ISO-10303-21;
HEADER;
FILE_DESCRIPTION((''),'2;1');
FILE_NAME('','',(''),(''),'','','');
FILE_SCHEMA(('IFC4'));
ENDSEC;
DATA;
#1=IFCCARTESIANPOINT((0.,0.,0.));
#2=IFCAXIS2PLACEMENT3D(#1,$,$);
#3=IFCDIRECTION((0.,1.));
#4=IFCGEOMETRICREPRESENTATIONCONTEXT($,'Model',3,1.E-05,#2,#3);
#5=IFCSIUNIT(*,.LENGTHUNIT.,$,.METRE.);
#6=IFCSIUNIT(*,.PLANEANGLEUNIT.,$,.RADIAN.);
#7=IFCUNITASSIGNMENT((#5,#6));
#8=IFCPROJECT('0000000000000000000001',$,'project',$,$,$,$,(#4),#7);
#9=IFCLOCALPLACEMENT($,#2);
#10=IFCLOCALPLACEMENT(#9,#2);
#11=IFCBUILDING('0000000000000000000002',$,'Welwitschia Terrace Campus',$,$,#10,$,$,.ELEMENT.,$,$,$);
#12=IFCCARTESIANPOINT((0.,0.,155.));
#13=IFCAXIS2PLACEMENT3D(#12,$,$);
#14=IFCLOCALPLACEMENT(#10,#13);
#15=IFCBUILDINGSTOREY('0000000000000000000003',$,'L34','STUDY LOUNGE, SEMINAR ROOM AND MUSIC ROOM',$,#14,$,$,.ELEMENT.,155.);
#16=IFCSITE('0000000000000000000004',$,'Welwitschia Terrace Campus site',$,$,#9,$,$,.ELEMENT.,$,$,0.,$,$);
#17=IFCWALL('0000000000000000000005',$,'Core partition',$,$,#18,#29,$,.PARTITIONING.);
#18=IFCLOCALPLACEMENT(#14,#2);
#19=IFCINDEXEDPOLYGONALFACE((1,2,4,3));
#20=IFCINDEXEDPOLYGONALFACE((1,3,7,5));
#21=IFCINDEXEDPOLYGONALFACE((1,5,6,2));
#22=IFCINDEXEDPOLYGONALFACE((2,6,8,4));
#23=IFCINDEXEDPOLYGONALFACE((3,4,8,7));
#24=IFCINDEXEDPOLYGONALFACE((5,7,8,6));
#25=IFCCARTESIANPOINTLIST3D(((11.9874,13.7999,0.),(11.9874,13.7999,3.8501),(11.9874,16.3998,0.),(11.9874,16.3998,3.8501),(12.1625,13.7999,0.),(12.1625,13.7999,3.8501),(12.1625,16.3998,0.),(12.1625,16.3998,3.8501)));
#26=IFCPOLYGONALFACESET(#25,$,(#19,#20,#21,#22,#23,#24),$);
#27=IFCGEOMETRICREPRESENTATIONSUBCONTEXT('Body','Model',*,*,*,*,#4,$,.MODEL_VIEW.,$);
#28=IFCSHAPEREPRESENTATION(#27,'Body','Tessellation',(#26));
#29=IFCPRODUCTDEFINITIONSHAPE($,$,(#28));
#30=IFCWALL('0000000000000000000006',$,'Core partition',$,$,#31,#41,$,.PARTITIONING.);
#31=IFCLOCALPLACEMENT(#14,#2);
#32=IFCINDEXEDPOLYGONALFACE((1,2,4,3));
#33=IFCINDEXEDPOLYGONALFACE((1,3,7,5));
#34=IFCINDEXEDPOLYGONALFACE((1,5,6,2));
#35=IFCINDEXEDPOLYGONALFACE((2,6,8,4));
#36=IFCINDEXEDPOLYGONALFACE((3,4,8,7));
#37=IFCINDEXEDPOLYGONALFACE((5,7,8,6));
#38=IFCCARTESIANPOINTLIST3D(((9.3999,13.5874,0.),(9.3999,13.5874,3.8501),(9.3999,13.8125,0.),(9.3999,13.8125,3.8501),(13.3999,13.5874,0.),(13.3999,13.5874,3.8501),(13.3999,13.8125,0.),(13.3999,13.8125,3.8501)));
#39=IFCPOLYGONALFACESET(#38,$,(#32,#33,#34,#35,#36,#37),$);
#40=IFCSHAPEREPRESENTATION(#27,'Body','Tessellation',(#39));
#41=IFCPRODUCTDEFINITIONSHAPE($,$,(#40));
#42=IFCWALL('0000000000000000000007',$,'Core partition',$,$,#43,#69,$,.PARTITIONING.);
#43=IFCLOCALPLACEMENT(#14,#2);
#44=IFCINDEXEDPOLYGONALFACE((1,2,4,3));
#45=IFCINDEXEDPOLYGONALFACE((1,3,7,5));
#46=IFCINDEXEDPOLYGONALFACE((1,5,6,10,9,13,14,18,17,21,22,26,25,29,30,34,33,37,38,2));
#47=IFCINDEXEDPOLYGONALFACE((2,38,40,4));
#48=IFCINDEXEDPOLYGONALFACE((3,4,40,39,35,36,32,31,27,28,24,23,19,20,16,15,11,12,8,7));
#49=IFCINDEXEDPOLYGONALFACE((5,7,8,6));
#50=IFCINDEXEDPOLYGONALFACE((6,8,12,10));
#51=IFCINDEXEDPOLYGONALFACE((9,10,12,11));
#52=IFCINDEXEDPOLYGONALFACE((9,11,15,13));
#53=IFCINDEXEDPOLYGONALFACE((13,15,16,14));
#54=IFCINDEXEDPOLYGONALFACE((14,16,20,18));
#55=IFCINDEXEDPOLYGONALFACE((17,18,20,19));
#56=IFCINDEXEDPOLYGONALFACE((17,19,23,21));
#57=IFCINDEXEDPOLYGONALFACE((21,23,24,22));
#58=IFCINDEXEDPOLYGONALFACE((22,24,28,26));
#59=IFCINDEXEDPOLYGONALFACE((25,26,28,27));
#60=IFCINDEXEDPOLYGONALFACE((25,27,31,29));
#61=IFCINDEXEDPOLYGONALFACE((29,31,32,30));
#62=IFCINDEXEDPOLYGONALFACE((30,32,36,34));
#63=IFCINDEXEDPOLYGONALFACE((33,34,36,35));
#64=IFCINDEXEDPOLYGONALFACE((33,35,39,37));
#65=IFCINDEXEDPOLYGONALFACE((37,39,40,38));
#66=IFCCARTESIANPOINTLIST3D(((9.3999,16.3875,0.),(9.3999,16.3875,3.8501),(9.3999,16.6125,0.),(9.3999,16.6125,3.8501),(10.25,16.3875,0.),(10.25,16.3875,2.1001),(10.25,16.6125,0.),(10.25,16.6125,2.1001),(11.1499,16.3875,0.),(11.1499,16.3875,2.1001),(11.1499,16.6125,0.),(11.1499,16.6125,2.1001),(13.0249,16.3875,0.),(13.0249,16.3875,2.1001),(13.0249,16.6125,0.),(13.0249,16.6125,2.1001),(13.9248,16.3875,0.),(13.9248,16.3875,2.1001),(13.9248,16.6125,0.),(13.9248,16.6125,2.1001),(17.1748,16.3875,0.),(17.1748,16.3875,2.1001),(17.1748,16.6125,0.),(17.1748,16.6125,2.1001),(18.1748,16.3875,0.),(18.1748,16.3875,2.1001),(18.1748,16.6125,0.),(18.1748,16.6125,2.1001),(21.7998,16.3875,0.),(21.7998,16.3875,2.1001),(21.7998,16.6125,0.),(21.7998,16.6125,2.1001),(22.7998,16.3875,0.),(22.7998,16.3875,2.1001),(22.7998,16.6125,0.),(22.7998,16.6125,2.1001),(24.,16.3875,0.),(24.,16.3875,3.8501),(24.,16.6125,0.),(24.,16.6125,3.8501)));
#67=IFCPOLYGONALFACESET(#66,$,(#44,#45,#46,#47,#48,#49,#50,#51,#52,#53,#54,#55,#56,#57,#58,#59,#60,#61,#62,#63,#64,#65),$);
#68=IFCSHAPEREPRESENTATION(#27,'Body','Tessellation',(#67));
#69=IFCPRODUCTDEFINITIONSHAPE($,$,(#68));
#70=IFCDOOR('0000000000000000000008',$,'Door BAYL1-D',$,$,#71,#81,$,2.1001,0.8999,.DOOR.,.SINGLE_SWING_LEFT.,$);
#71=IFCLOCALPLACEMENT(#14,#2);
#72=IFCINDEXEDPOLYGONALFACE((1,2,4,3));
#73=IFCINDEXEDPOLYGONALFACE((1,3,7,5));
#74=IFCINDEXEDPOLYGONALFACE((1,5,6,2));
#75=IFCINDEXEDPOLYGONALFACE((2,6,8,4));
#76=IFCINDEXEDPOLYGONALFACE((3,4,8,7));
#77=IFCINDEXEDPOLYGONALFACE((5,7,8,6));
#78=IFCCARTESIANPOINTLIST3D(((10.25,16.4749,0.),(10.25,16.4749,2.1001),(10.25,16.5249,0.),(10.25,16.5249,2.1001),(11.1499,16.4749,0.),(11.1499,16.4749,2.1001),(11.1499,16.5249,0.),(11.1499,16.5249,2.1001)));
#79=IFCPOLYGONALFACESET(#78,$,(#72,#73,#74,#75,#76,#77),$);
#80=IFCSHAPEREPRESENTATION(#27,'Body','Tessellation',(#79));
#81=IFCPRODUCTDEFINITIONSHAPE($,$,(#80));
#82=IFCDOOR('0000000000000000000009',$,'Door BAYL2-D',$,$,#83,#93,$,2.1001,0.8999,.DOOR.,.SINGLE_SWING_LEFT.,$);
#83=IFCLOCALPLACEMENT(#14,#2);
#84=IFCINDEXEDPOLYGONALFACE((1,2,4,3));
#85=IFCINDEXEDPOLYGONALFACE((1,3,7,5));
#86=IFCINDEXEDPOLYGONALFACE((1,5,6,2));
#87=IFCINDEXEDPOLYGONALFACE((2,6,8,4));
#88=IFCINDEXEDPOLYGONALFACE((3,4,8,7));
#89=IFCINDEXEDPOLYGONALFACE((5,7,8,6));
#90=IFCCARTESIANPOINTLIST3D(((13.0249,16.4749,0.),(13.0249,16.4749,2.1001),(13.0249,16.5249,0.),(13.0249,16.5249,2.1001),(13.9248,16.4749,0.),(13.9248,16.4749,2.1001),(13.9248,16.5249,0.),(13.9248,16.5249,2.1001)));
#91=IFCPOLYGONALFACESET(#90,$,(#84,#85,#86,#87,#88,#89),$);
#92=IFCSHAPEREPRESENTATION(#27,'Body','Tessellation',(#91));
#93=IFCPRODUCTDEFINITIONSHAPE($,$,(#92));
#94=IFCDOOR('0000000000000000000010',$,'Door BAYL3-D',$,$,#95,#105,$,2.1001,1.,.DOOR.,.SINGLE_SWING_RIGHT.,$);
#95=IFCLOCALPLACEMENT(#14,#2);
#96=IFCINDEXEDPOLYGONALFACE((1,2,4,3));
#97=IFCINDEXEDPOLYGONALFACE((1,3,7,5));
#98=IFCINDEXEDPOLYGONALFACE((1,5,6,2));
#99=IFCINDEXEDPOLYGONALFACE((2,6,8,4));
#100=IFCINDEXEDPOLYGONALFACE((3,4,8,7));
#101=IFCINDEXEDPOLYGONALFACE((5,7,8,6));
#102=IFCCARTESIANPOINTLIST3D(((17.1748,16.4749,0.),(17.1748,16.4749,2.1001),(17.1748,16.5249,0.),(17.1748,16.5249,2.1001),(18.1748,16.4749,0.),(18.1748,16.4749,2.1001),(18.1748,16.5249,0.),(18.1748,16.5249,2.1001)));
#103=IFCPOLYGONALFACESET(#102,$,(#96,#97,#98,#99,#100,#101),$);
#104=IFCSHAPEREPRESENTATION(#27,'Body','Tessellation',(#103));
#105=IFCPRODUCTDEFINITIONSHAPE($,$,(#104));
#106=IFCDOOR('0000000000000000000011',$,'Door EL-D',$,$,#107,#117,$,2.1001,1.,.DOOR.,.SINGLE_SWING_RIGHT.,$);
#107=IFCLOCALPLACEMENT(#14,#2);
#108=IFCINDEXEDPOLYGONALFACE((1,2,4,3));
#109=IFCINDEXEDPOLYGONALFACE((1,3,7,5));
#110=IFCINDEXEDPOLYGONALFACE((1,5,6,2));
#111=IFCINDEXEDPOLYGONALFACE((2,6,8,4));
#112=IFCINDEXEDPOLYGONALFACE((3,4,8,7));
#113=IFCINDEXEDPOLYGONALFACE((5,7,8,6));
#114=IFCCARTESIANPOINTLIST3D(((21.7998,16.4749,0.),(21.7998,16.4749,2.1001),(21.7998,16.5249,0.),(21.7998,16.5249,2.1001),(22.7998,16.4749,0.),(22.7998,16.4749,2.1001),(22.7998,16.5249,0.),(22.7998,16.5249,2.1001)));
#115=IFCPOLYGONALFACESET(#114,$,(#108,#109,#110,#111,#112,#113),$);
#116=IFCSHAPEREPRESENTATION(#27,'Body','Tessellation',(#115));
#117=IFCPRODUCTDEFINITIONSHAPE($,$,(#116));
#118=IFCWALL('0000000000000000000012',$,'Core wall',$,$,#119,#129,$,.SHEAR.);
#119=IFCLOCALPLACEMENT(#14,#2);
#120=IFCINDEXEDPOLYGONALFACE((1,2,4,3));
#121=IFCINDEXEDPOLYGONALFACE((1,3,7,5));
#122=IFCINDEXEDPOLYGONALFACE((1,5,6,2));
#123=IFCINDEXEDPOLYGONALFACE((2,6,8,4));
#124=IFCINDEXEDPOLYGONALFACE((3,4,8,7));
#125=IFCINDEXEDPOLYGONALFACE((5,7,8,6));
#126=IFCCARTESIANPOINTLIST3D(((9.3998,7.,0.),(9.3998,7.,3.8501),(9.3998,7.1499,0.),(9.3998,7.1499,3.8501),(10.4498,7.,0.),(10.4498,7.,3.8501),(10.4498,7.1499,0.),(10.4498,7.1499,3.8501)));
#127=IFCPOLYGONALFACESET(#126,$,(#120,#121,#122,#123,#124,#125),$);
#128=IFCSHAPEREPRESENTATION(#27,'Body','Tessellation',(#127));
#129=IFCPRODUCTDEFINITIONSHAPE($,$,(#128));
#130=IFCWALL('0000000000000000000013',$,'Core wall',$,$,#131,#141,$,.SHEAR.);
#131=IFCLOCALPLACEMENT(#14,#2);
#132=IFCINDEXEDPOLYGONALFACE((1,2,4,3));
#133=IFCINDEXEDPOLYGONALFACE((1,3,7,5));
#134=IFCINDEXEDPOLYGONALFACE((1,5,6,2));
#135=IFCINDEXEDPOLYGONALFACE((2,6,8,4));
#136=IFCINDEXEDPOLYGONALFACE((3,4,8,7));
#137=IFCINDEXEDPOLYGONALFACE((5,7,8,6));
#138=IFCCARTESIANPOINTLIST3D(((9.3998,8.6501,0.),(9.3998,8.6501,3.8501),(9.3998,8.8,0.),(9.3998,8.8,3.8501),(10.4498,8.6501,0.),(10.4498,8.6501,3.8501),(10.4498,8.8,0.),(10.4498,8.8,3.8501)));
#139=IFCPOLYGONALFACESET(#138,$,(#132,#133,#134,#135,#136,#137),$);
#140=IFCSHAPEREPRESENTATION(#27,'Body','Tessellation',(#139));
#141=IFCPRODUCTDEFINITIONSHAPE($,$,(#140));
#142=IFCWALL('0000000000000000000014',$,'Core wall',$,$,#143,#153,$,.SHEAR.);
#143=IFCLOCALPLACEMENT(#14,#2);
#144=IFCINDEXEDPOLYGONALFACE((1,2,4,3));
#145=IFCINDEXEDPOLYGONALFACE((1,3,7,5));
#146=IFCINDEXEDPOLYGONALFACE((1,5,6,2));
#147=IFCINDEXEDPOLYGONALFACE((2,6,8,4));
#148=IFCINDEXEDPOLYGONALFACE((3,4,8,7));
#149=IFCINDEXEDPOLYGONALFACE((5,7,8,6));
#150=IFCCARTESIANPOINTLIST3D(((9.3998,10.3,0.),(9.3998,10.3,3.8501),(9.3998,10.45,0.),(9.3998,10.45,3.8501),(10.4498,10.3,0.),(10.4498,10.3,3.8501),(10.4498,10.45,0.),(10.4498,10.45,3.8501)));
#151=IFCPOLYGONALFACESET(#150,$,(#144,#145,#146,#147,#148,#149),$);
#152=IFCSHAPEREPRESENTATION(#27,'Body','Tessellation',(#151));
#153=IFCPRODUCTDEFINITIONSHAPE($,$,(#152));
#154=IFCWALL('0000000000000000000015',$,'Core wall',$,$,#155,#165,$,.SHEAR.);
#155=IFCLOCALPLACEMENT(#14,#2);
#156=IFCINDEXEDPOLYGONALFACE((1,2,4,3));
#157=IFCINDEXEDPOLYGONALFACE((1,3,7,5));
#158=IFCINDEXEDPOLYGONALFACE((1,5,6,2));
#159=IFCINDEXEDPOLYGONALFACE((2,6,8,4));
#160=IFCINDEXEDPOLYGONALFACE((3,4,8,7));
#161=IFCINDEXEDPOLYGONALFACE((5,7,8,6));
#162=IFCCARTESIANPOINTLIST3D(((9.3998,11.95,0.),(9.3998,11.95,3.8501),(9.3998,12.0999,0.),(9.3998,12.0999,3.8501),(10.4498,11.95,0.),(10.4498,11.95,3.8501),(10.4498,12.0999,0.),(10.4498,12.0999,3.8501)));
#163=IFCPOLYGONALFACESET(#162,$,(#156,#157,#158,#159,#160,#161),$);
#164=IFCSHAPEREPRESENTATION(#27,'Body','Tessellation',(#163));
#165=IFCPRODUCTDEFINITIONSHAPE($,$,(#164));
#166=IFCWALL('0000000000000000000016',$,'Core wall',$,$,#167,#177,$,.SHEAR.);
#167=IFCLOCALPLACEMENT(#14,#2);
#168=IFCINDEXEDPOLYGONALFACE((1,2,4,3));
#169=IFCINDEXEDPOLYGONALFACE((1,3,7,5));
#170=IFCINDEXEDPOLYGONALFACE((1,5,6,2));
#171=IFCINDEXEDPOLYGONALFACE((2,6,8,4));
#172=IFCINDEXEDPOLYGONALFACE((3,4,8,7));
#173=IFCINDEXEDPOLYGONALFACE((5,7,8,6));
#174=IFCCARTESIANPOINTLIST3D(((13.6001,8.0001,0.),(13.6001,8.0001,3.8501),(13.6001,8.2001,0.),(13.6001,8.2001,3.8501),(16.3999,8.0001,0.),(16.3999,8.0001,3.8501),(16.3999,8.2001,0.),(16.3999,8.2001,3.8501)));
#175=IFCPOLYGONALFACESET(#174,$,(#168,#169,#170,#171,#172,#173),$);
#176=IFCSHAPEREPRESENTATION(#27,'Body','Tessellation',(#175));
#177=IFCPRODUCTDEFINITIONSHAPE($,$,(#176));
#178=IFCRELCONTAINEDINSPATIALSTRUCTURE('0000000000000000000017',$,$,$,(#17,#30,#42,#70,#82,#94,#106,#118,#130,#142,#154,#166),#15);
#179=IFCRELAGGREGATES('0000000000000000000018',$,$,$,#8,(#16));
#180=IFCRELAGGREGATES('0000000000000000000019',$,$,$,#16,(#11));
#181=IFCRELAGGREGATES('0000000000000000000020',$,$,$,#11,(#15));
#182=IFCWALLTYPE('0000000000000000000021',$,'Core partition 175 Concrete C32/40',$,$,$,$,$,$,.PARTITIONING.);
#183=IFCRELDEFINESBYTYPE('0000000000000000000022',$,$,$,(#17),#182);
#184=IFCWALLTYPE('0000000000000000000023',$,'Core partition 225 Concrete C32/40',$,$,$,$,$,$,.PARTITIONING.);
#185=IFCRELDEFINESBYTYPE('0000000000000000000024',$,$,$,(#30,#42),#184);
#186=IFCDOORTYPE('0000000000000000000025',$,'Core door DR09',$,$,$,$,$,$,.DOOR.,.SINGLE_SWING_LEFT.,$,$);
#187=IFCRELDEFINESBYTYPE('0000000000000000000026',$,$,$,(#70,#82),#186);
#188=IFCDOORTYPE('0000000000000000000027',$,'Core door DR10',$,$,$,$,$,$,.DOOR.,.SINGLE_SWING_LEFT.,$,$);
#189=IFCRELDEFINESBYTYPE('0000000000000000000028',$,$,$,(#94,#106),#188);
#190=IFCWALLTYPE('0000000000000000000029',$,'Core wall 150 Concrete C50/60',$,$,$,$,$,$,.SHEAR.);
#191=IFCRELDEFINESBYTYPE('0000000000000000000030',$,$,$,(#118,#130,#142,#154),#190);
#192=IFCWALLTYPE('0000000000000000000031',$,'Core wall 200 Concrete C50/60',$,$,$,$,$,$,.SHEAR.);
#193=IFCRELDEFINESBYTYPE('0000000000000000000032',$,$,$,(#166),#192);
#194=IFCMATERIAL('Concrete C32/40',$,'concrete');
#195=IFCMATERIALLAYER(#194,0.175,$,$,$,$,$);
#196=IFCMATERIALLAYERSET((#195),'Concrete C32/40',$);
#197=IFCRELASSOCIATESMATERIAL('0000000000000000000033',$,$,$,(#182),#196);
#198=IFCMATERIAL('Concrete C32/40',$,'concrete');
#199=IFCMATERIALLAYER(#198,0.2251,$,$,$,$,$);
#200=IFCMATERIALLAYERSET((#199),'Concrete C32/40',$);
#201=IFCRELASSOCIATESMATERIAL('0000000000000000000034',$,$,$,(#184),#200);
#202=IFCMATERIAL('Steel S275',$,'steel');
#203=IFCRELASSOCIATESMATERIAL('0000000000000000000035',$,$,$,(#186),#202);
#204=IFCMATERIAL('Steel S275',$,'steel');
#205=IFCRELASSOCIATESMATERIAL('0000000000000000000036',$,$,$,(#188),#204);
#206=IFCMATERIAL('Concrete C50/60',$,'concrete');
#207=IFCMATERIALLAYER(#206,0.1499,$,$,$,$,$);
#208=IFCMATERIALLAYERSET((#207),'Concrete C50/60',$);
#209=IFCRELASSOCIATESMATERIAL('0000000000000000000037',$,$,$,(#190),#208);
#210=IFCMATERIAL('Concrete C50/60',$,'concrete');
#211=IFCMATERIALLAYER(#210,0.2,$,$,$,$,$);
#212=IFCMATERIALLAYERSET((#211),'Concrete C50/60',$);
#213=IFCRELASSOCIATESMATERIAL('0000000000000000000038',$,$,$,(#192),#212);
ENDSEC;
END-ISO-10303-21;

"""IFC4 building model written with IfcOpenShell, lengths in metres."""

from ifc_helpers import new_model, si_unit, direction, frame, frame_2d, origin, place, context, subcontext, project, spatial, rectangle, extrude, material, layer, layer_set, type_object, element, fill, save


model = new_model("IFC4")

# Units and contexts
model_context = context("Model", 3, precision=1e-05, world=origin(), true_north=direction((0.0, 1.0)))
body_context = subcontext(model_context, "Body", "Model", "MODEL_VIEW")
ifc_project = project(units=[si_unit("LENGTHUNIT", "METRE"), si_unit("PLANEANGLEUNIT", "RADIAN")], contexts=[model_context])

# Site, building, storey
site_placement = place(None, origin())
site = spatial("IfcSite", under=ifc_project, at=site_placement, Name="Welwitschia Terrace Campus site", CompositionType="ELEMENT", RefElevation=0.0)
building_placement = place(site_placement, origin())
building = spatial("IfcBuilding", under=site, at=building_placement, Name="Welwitschia Terrace Campus", CompositionType="ELEMENT")
storey_placement = place(building_placement, frame((0.0, 0.0, 155.0)))
storey = spatial("IfcBuildingStorey", under=building, at=storey_placement, Name="L34", Description="STUDY LOUNGE, SEMINAR ROOM AND MUSIC ROOM", CompositionType="ELEMENT", Elevation=155.0)

# Walls
ifc_material_1 = material(Name="Concrete C32/40", Category="concrete")
ifc_layer_1 = layer(ifc_material_1, 0.175)
ifc_layer_set_1 = layer_set([ifc_layer_1], Name="Concrete C32/40")
wall_type_1 = type_object("IfcWallType", Name="Core partition 175 Concrete C32/40", PredefinedType="PARTITIONING", material=ifc_layer_set_1)
wall_1_placement = place(storey_placement, frame((12.075, 13.8, 0.0), z_axis=(0.0, 0.0, 1.0), x_axis=(0.0, 1.0, 0.0)))
element("IfcWall", 1, at=wall_1_placement, inside=storey, type_object=wall_type_1, Name="Core partition", PredefinedType="PARTITIONING", context=body_context, shape_type="SweptSolid", body=[
    extrude(rectangle(XDim=2.5999, YDim=0.175, at=frame_2d((1.2998, 0.0))), origin(), (0.0, 0.0, 1.0), 3.8501),
])
ifc_material_2 = material(Name="Concrete C32/40", Category="concrete")
ifc_layer_2 = layer(ifc_material_2, 0.2251)
ifc_layer_set_2 = layer_set([ifc_layer_2], Name="Concrete C32/40")
wall_type_2 = type_object("IfcWallType", Name="Core partition 225 Concrete C32/40", PredefinedType="PARTITIONING", material=ifc_layer_set_2)
wall_2_placement = place(storey_placement, frame((9.3999, 13.7, 0.0), z_axis=(0.0, 0.0, 1.0), x_axis=(1.0, 0.0, 0.0)))
element("IfcWall", 2, at=wall_2_placement, inside=storey, type_object=wall_type_2, Name="Core partition", PredefinedType="PARTITIONING", context=body_context, shape_type="SweptSolid", body=[
    extrude(rectangle(XDim=4.0, YDim=0.2251, at=frame_2d((2.0, 0.0))), origin(), (0.0, 0.0, 1.0), 3.8501),
])

# Wall, openings, doors
wall_3_placement = place(storey_placement, frame((9.3999, 16.5, 0.0), z_axis=(0.0, 0.0, 1.0), x_axis=(1.0, 0.0, 0.0)))
wall_3 = element("IfcWall", 3, at=wall_3_placement, inside=storey, type_object=wall_type_2, Name="Core partition", PredefinedType="PARTITIONING", context=body_context, shape_type="SweptSolid", body=[
    extrude(rectangle(XDim=14.6001, YDim=0.2251, at=frame_2d((7.3, 0.0))), origin(), (0.0, 0.0, 1.0), 3.8501),
])
opening_1_placement = place(wall_3_placement, frame((0.8501, 0.0, 0.0)))
opening_1 = element("IfcOpeningElement", 4, at=opening_1_placement, cuts=wall_3, PredefinedType="OPENING", context=body_context, shape_type="SweptSolid", body=[
    extrude(rectangle(XDim=0.8999, YDim=2.1001, at=frame_2d((0.45, 1.05))), frame((0.0, 0.1226, 0.0), z_axis=(0.0, -1.0, 0.0), x_axis=(1.0, 0.0, 0.0)), (0.0, 0.0, 1.0), 0.2451),
])
opening_2_placement = place(wall_3_placement, frame((3.625, 0.0, 0.0)))
opening_2 = element("IfcOpeningElement", 5, at=opening_2_placement, cuts=wall_3, PredefinedType="OPENING", context=body_context, shape_type="SweptSolid", body=[
    extrude(rectangle(XDim=0.8999, YDim=2.1001, at=frame_2d((0.45, 1.05))), frame((0.0, 0.1226, 0.0), z_axis=(0.0, -1.0, 0.0), x_axis=(1.0, 0.0, 0.0)), (0.0, 0.0, 1.0), 0.2451),
])
opening_3_placement = place(wall_3_placement, frame((7.7749, 0.0, 0.0)))
opening_3 = element("IfcOpeningElement", 6, at=opening_3_placement, cuts=wall_3, PredefinedType="OPENING", context=body_context, shape_type="SweptSolid", body=[
    extrude(rectangle(XDim=1.0, YDim=2.1001, at=frame_2d((0.5, 1.05))), frame((0.0, 0.1226, 0.0), z_axis=(0.0, -1.0, 0.0), x_axis=(1.0, 0.0, 0.0)), (0.0, 0.0, 1.0), 0.2451),
])
opening_4_placement = place(wall_3_placement, frame((12.3999, 0.0, 0.0)))
opening_4 = element("IfcOpeningElement", 7, at=opening_4_placement, cuts=wall_3, PredefinedType="OPENING", context=body_context, shape_type="SweptSolid", body=[
    extrude(rectangle(XDim=1.0, YDim=2.1001, at=frame_2d((0.5, 1.05))), frame((0.0, 0.1226, 0.0), z_axis=(0.0, -1.0, 0.0), x_axis=(1.0, 0.0, 0.0)), (0.0, 0.0, 1.0), 0.2451),
])
ifc_material_3 = material(Name="Steel S275", Category="steel")
door_type_1 = type_object("IfcDoorType", Name="Core door DR09", OperationType="SINGLE_SWING_LEFT", PredefinedType="DOOR", material=ifc_material_3)
door_1_placement = place(opening_1_placement, origin())
door_1 = element("IfcDoor", 8, at=door_1_placement, inside=storey, type_object=door_type_1, Name="Door BAYL1-D", OperationType="SINGLE_SWING_LEFT", OverallHeight=2.1001, OverallWidth=0.8999, PredefinedType="DOOR", context=body_context, shape_type="SweptSolid", body=[
    extrude(rectangle(XDim=0.8999, YDim=2.1001, at=frame_2d((0.45, 1.05))), frame((0.0, 0.0249, 0.0), z_axis=(0.0, -1.0, 0.0), x_axis=(1.0, 0.0, 0.0)), (0.0, 0.0, 1.0), 0.05),
])
fill(opening_1, door_1)
door_2_placement = place(opening_2_placement, origin())
door_2 = element("IfcDoor", 9, at=door_2_placement, inside=storey, type_object=door_type_1, Name="Door BAYL2-D", OperationType="SINGLE_SWING_LEFT", OverallHeight=2.1001, OverallWidth=0.8999, PredefinedType="DOOR", context=body_context, shape_type="SweptSolid", body=[
    extrude(rectangle(XDim=0.8999, YDim=2.1001, at=frame_2d((0.45, 1.05))), frame((0.0, 0.0249, 0.0), z_axis=(0.0, -1.0, 0.0), x_axis=(1.0, 0.0, 0.0)), (0.0, 0.0, 1.0), 0.05),
])
fill(opening_2, door_2)
ifc_material_4 = material(Name="Steel S275", Category="steel")
door_type_2 = type_object("IfcDoorType", Name="Core door DR10", OperationType="SINGLE_SWING_LEFT", PredefinedType="DOOR", material=ifc_material_4)
door_3_placement = place(opening_3_placement, origin())
door_3 = element("IfcDoor", 10, at=door_3_placement, inside=storey, type_object=door_type_2, Name="Door BAYL3-D", OperationType="SINGLE_SWING_RIGHT", OverallHeight=2.1001, OverallWidth=1.0, PredefinedType="DOOR", context=body_context, shape_type="SweptSolid", body=[
    extrude(rectangle(XDim=1.0, YDim=2.1001, at=frame_2d((0.5, 1.05))), frame((0.0, 0.0249, 0.0), z_axis=(0.0, -1.0, 0.0), x_axis=(1.0, 0.0, 0.0)), (0.0, 0.0, 1.0), 0.05),
])
fill(opening_3, door_3)
door_4_placement = place(opening_4_placement, origin())
door_4 = element("IfcDoor", 11, at=door_4_placement, inside=storey, type_object=door_type_2, Name="Door EL-D", OperationType="SINGLE_SWING_RIGHT", OverallHeight=2.1001, OverallWidth=1.0, PredefinedType="DOOR", context=body_context, shape_type="SweptSolid", body=[
    extrude(rectangle(XDim=1.0, YDim=2.1001, at=frame_2d((0.5, 1.05))), frame((0.0, 0.0249, 0.0), z_axis=(0.0, -1.0, 0.0), x_axis=(1.0, 0.0, 0.0)), (0.0, 0.0, 1.0), 0.05),
])
fill(opening_4, door_4)

# Walls
ifc_material_5 = material(Name="Concrete C50/60", Category="concrete")
ifc_layer_3 = layer(ifc_material_5, 0.1499)
ifc_layer_set_3 = layer_set([ifc_layer_3], Name="Concrete C50/60")
wall_type_3 = type_object("IfcWallType", Name="Core wall 150 Concrete C50/60", PredefinedType="SHEAR", material=ifc_layer_set_3)
for number, where, z_axis, x_axis, name in (
    (12, (9.3999, 7.075, 0.0), (0.0, 0.0, 1.0), (1.0, 0.0, 0.0), "Core wall"),
    (13, (9.3999, 8.7251, 0.0), (0.0, 0.0, 1.0), (1.0, 0.0, 0.0), "Core wall"),
    (14, (9.3999, 10.375, 0.0), (0.0, 0.0, 1.0), (1.0, 0.0, 0.0), "Core wall"),
    (15, (9.3999, 12.0249, 0.0), (0.0, 0.0, 1.0), (1.0, 0.0, 0.0), "Core wall"),
):
    element("IfcWall", number, at=place(storey_placement, frame(where, z_axis=z_axis, x_axis=x_axis)), inside=storey, type_object=wall_type_3, Name=name, PredefinedType="SHEAR", context=body_context, shape_type="SweptSolid", body=[
        extrude(rectangle(XDim=1.05, YDim=0.1499, at=frame_2d((0.5249, 0.0))), origin(), (0.0, 0.0, 1.0), 3.8501),
    ])
ifc_material_6 = material(Name="Concrete C50/60", Category="concrete")
ifc_layer_4 = layer(ifc_material_6, 0.2)
ifc_layer_set_4 = layer_set([ifc_layer_4], Name="Concrete C50/60")
wall_type_4 = type_object("IfcWallType", Name="Core wall 200 Concrete C50/60", PredefinedType="SHEAR", material=ifc_layer_set_4)
for number, where, z_axis, x_axis, name in (
    (16, (13.6001, 8.1001, 0.0), (0.0, 0.0, 1.0), (1.0, 0.0, 0.0), "Core wall"),
):
    element("IfcWall", number, at=place(storey_placement, frame(where, z_axis=z_axis, x_axis=x_axis)), inside=storey, type_object=wall_type_4, Name=name, PredefinedType="SHEAR", context=body_context, shape_type="SweptSolid", body=[
        extrude(rectangle(XDim=2.7998, YDim=0.2, at=frame_2d((1.3999, 0.0))), origin(), (0.0, 0.0, 1.0), 3.8501),
    ])

save(model, "model.ifc")
